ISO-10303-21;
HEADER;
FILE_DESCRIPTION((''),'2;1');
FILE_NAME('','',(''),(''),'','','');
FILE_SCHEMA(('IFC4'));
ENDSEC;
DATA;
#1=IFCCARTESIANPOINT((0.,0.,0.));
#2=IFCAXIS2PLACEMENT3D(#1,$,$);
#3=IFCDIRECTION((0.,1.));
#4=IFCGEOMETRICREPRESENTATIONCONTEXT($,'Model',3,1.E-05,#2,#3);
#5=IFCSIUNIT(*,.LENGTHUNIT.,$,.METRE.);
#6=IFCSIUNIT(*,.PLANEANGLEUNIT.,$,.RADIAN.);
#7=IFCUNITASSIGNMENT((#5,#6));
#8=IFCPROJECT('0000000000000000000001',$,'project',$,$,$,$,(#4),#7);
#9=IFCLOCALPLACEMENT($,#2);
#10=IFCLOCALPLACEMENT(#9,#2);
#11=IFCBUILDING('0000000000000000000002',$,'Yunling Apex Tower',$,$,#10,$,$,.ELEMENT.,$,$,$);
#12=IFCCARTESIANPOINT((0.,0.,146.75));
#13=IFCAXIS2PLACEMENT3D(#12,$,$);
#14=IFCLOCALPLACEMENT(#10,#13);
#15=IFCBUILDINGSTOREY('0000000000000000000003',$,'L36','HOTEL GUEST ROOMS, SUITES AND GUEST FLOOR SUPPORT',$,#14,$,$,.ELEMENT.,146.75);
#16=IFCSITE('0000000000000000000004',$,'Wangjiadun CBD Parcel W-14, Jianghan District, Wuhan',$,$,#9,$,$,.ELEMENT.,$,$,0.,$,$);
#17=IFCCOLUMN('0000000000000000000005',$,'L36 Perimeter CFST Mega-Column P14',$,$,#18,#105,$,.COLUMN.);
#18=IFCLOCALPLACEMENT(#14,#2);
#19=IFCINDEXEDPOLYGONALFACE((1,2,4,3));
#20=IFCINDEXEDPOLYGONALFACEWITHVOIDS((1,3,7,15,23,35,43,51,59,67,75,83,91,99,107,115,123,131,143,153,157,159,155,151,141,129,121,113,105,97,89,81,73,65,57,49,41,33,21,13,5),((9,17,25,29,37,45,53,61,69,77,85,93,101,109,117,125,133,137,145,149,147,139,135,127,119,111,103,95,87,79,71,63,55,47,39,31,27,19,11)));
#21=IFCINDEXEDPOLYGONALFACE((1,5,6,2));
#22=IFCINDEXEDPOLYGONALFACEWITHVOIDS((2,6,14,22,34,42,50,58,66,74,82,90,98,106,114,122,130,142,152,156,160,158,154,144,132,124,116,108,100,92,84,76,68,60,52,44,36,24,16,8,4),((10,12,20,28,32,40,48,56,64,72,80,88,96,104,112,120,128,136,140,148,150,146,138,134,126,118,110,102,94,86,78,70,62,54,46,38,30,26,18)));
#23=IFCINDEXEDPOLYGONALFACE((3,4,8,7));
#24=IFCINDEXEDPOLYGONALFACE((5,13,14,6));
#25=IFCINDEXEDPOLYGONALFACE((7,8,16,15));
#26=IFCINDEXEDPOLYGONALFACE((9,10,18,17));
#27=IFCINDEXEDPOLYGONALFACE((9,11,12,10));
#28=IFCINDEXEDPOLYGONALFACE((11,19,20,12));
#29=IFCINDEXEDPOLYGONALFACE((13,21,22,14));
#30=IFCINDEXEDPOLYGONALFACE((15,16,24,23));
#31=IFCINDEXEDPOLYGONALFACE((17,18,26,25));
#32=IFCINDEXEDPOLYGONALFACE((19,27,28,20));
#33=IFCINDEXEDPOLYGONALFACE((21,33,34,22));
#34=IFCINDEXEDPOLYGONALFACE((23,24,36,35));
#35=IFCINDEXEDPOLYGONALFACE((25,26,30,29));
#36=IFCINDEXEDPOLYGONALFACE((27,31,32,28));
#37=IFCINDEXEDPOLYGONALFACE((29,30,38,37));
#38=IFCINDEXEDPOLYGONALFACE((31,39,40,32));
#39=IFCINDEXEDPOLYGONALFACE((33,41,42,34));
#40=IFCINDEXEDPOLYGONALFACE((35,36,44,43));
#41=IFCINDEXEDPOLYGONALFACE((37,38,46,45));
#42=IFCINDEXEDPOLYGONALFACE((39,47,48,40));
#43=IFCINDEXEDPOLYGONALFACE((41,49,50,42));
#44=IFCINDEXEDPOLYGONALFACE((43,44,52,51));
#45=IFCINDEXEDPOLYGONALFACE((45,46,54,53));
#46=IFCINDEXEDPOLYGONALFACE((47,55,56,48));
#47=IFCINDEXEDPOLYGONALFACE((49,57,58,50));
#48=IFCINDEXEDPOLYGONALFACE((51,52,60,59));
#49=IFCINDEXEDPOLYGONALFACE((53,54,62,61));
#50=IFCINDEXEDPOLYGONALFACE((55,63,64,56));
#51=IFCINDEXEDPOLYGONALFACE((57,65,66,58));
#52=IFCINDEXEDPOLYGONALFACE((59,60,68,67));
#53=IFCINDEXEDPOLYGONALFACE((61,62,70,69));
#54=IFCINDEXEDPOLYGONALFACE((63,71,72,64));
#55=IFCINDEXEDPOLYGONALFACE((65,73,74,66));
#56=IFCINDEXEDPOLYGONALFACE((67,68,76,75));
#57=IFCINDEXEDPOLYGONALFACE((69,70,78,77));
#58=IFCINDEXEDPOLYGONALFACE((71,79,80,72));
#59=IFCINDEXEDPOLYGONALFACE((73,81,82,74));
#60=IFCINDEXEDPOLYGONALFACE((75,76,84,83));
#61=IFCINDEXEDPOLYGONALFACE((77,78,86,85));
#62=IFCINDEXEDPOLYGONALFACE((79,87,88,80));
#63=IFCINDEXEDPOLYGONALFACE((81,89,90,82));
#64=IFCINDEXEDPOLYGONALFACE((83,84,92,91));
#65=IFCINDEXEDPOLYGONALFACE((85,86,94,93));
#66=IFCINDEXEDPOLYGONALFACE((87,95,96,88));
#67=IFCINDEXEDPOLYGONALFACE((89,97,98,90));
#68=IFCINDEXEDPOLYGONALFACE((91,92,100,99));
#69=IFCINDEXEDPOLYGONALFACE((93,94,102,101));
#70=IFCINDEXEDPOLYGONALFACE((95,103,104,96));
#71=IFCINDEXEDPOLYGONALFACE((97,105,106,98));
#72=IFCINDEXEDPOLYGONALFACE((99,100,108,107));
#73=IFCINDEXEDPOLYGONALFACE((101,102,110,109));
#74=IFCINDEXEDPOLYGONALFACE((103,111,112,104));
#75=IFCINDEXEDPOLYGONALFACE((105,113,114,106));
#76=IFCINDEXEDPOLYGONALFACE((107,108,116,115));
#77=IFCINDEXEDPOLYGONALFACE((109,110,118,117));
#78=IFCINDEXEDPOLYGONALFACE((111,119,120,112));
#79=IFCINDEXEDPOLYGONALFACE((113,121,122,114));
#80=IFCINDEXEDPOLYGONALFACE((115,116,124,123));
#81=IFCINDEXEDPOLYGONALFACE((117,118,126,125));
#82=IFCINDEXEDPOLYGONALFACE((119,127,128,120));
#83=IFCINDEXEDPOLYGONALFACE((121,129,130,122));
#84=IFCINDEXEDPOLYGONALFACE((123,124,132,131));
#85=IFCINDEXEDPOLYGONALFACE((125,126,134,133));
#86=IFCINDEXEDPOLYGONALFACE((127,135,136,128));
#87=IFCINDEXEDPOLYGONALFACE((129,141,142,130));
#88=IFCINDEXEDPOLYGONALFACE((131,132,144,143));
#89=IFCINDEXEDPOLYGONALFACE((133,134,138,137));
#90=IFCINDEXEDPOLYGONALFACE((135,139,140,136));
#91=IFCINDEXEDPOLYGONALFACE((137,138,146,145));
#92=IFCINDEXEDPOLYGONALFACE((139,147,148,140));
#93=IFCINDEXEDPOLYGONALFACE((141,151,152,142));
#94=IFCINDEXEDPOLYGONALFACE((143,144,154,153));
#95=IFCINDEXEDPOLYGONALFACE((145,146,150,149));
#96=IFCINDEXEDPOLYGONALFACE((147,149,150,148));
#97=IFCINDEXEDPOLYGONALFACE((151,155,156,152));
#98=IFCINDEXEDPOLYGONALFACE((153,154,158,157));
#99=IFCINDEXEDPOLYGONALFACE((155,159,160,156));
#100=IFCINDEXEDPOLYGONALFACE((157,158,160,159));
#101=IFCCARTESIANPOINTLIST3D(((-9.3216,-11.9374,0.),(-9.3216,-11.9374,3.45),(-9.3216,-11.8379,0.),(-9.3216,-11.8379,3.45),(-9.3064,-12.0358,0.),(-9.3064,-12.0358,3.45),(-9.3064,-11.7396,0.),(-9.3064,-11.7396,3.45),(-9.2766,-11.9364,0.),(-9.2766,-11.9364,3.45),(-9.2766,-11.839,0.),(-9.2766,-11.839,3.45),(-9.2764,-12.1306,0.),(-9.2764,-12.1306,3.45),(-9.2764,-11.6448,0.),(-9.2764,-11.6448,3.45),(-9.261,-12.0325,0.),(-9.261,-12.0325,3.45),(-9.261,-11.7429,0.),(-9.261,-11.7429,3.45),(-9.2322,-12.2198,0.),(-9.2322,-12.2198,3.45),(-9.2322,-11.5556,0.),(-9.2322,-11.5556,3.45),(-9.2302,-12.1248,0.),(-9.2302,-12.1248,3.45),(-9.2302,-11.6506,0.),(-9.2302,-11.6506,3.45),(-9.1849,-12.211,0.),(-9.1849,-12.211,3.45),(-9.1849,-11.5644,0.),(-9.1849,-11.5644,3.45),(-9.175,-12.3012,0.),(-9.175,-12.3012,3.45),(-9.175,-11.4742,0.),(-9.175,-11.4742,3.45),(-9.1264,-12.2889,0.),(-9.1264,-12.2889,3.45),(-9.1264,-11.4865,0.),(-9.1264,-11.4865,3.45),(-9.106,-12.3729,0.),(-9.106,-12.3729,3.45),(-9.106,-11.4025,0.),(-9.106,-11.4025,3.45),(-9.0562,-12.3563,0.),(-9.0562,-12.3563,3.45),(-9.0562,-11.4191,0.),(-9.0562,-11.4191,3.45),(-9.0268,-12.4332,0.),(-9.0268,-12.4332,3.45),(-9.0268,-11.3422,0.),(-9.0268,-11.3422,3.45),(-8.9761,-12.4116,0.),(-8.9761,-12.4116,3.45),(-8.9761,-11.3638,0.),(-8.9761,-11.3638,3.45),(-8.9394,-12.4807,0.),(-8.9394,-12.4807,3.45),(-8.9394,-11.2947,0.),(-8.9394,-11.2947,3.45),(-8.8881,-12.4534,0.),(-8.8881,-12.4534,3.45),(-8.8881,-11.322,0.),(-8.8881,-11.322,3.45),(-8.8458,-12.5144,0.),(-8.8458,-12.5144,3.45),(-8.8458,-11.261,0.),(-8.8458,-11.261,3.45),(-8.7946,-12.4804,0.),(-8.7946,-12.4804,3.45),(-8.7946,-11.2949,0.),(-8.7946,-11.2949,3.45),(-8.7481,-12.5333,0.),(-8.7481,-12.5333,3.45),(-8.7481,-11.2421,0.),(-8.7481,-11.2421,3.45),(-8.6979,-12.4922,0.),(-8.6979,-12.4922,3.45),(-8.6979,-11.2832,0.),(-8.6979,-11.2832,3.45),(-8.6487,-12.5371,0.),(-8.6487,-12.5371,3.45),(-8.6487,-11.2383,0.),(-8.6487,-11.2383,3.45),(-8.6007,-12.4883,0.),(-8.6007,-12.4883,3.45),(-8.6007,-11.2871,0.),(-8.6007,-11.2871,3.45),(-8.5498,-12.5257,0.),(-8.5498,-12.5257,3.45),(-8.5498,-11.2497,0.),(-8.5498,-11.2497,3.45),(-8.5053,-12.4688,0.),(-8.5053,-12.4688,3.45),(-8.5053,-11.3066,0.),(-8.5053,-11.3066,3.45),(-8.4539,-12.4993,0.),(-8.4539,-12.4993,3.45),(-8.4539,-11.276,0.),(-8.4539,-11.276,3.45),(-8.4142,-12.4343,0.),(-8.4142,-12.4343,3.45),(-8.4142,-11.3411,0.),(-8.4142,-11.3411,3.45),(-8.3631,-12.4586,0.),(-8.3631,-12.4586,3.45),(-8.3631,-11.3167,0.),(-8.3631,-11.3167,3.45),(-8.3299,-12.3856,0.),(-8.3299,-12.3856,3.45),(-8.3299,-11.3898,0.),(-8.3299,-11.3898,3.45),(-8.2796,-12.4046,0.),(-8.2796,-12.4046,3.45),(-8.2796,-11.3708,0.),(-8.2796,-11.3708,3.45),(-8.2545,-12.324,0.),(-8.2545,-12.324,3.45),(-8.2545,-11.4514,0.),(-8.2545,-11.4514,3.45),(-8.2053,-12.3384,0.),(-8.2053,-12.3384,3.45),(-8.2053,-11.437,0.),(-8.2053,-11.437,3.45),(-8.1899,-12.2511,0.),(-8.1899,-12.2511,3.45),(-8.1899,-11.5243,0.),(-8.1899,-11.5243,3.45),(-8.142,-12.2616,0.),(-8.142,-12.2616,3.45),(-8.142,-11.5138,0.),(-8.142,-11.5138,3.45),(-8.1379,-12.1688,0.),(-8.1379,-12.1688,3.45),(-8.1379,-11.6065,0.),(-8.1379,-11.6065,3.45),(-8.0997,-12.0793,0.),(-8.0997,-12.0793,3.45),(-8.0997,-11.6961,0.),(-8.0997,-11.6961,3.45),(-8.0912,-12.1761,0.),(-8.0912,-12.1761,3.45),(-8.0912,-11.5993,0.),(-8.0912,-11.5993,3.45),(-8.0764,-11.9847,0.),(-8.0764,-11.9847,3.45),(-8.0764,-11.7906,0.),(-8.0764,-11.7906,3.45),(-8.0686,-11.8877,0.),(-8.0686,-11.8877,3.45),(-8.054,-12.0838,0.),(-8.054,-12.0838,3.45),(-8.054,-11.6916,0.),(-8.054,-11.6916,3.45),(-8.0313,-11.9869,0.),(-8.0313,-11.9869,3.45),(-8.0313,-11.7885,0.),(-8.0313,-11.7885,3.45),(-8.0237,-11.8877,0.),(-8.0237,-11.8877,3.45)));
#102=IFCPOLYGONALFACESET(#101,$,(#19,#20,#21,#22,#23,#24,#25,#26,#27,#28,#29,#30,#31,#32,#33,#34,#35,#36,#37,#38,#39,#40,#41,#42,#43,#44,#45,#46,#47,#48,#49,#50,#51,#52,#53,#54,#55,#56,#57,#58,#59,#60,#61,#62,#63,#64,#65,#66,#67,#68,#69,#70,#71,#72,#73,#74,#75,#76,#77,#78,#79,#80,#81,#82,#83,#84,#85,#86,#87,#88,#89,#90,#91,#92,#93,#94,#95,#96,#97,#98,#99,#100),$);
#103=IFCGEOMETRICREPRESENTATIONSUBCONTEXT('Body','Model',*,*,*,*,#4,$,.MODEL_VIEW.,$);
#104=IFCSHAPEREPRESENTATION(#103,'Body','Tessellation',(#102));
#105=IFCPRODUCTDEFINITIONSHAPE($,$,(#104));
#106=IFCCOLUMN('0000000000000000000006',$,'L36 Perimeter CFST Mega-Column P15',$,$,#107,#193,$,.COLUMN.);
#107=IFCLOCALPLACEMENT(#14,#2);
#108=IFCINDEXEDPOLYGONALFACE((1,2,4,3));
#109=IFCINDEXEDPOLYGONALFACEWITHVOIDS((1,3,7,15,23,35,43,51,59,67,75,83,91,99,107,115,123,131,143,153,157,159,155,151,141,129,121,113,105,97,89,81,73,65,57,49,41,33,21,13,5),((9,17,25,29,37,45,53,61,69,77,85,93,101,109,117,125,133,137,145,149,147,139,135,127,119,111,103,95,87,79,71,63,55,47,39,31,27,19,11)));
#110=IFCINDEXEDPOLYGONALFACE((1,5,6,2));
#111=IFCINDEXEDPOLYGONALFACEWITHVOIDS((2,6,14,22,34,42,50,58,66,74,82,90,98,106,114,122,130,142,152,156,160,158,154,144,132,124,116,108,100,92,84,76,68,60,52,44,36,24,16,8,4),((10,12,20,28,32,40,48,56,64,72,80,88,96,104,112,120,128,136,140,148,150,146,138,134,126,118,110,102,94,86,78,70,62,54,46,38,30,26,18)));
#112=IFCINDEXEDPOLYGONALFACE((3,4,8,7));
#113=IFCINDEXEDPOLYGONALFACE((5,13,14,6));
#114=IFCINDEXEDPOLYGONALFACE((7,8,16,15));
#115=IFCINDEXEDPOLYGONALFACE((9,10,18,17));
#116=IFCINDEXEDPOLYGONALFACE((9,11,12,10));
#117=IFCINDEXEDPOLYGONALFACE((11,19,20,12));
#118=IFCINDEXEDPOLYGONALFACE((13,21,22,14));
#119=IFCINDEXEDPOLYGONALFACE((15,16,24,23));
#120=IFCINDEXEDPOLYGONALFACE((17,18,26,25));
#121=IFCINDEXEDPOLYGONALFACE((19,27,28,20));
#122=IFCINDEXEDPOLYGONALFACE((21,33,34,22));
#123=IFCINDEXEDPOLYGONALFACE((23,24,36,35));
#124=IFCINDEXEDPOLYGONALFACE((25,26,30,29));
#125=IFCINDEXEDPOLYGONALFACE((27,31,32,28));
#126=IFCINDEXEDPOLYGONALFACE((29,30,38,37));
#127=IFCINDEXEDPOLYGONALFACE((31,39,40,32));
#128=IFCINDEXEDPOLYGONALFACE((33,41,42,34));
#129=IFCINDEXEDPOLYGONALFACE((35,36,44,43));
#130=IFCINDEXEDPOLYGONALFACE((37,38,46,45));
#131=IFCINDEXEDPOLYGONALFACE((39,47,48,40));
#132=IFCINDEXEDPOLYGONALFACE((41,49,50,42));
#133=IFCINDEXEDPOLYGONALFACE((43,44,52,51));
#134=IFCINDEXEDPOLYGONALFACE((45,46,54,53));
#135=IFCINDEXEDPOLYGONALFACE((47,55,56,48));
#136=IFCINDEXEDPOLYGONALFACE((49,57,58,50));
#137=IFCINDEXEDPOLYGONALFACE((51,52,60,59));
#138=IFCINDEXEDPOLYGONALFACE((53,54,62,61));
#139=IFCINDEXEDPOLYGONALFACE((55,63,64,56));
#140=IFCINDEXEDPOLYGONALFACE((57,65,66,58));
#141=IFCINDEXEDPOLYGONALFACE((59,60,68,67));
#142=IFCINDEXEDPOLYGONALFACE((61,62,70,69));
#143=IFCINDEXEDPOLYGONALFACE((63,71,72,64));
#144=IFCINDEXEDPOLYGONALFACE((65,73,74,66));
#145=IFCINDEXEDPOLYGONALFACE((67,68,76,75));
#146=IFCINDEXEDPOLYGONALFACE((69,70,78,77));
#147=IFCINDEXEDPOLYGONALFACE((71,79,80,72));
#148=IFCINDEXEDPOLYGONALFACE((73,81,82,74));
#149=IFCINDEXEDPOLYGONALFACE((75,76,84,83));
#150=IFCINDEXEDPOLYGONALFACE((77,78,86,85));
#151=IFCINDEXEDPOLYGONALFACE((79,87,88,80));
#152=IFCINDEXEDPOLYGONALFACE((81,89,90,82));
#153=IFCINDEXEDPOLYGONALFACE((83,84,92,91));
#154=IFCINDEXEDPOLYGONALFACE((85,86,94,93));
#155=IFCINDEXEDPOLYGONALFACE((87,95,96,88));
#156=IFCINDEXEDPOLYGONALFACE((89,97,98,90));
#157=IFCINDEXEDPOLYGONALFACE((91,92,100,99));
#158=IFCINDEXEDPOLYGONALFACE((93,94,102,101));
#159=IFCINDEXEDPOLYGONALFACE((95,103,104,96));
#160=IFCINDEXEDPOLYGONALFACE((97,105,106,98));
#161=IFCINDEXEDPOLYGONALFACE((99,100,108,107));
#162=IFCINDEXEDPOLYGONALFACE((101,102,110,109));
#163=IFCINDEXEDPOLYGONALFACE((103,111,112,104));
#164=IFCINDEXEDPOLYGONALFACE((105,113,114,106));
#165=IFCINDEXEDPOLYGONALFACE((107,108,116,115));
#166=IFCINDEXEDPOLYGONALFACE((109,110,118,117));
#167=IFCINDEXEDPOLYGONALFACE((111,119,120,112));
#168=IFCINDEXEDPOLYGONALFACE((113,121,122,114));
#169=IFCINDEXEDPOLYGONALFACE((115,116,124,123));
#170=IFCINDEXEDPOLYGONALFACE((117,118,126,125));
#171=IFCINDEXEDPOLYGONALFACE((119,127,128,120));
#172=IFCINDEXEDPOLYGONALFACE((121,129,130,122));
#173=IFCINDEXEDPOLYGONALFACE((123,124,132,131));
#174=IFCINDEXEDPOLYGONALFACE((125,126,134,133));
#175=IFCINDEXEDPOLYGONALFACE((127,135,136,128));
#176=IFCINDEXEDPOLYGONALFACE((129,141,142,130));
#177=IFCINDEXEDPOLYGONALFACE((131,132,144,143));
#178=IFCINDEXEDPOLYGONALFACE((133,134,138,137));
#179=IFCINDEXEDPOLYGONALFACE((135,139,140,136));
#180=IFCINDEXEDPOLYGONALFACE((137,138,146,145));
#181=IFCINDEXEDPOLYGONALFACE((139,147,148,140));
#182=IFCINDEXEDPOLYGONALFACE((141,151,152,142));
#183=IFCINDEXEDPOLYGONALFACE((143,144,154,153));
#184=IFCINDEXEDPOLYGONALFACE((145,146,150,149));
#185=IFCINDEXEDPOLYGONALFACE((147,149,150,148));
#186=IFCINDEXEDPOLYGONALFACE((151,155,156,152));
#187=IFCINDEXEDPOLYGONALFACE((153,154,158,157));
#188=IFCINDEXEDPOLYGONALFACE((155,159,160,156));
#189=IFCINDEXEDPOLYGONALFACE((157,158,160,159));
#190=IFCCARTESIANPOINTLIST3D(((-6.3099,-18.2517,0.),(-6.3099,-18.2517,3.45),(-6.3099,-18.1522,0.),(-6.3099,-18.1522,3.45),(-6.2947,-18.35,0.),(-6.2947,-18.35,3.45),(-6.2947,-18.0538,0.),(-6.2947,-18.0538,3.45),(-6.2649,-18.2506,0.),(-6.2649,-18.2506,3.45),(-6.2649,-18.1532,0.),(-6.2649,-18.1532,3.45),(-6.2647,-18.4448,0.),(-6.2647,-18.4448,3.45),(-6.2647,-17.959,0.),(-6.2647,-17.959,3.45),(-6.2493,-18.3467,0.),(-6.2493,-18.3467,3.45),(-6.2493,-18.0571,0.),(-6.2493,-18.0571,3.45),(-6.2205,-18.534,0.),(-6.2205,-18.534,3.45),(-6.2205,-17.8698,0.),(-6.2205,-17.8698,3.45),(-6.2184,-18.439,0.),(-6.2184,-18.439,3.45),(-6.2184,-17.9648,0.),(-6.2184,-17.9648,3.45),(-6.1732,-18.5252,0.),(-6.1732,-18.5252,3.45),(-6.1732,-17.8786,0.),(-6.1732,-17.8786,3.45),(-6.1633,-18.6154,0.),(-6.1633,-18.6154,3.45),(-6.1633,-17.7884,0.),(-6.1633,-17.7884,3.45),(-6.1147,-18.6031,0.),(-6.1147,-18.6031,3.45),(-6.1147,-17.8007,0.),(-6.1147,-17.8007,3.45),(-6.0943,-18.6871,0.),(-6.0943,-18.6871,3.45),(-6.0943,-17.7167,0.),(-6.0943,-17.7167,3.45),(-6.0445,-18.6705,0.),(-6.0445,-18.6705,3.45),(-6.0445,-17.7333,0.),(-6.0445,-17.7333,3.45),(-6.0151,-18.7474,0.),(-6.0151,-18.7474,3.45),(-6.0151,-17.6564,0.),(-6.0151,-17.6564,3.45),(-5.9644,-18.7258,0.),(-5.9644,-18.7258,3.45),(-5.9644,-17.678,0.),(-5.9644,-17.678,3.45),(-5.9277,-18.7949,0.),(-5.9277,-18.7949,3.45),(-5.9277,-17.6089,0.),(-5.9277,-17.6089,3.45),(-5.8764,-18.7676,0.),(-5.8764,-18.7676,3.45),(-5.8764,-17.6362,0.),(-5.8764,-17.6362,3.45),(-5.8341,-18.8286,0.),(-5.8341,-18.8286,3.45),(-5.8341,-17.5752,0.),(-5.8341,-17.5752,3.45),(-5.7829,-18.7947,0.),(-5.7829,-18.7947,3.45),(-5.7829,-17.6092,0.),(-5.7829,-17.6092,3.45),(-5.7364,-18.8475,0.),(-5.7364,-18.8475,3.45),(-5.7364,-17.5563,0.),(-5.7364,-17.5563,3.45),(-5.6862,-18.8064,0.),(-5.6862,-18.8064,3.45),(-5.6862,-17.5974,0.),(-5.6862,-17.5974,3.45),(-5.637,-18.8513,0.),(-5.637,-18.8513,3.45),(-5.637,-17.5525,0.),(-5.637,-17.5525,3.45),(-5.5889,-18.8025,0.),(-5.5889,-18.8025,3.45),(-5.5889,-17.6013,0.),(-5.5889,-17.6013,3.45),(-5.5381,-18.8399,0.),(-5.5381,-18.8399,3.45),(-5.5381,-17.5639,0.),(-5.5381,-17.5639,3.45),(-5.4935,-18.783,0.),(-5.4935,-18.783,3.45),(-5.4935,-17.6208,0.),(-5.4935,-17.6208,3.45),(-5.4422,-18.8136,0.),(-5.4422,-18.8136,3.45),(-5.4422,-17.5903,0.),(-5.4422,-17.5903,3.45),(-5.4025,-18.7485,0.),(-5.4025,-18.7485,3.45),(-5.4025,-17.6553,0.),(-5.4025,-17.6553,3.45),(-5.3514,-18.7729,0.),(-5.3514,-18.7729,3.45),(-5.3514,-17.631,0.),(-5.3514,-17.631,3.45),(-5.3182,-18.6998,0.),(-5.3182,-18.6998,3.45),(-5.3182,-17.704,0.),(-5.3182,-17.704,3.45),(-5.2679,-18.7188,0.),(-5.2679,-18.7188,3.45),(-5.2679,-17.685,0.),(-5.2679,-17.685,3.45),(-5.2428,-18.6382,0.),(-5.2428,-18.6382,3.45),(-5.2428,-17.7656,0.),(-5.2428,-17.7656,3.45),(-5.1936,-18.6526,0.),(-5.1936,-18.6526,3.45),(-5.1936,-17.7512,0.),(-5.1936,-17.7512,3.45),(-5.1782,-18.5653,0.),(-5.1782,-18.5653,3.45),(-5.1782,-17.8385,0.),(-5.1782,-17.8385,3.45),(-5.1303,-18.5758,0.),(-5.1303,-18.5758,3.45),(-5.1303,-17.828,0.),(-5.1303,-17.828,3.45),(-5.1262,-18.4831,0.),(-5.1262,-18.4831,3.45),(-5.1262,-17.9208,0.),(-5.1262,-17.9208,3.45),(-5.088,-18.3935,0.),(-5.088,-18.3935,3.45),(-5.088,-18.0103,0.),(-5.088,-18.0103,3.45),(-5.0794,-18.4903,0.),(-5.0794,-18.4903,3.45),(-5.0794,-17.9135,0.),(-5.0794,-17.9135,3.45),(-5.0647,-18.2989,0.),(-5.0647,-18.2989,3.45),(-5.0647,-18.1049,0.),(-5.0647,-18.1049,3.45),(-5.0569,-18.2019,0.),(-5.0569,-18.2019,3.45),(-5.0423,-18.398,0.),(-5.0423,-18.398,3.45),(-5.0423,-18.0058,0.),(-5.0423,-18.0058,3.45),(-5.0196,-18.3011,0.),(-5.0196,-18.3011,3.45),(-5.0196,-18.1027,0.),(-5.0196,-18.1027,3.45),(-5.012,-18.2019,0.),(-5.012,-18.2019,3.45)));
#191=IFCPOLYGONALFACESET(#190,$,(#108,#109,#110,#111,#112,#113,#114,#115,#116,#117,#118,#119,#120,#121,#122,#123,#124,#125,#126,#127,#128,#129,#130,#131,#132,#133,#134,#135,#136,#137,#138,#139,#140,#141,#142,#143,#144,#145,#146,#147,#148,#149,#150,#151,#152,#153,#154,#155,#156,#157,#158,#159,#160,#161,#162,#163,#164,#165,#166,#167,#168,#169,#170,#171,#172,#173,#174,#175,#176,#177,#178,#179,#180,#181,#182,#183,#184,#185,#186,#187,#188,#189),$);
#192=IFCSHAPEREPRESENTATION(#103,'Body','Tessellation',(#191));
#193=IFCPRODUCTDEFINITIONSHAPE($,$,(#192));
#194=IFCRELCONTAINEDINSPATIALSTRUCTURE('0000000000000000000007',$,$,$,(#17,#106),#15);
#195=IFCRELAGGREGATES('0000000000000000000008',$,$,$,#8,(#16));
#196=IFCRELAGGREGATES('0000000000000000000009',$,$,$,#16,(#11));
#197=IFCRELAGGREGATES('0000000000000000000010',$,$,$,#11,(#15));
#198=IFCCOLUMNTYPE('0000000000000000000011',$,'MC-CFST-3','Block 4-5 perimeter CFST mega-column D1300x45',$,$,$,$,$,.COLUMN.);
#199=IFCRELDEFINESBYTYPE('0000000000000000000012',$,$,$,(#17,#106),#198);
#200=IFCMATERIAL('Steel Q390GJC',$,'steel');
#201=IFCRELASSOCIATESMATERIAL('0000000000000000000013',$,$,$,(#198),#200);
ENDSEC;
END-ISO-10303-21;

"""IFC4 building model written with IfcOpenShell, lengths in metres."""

from ifc_helpers import new_model, si_unit, direction, frame, origin, origin_2d, place, context, subcontext, project, spatial, hollow_circle, extrude, source, transform, mapped, material, material_profile, profile_set, type_object, element, save


model = new_model("IFC4")

# Units and contexts
model_context = context("Model", 3, precision=1e-05, world=origin(), true_north=direction((0.0, 1.0)))
body_context = subcontext(model_context, "Body", "Model", "MODEL_VIEW")
ifc_project = project(units=[si_unit("LENGTHUNIT", "METRE"), si_unit("PLANEANGLEUNIT", "RADIAN")], contexts=[model_context])

# Site, building, storey
site_placement = place(None, origin())
site = spatial("IfcSite", under=ifc_project, at=site_placement, Name="Wangjiadun CBD Parcel W-14, Jianghan District, Wuhan", CompositionType="ELEMENT", RefElevation=0.0)
building_placement = place(site_placement, origin())
building = spatial("IfcBuilding", under=site, at=building_placement, Name="Yunling Apex Tower", CompositionType="ELEMENT")
storey_placement = place(building_placement, frame((0.0, 0.0, 146.75)))
storey = spatial("IfcBuildingStorey", under=building, at=storey_placement, Name="L36", Description="HOTEL GUEST ROOMS, SUITES AND GUEST FLOOR SUPPORT", CompositionType="ELEMENT", Elevation=146.75)

# Columns
ifc_material_1 = material(Name="Steel Q390GJC", Category="steel")
ifc_material_profile_1 = material_profile(ifc_material_1, hollow_circle(Radius=0.6499, WallThickness=0.0449, at=origin_2d()))
ifc_profile_set_1 = profile_set([ifc_material_profile_1], Name="Steel Q390GJC")
column_type = type_object("IfcColumnType", Name="MC-CFST-3", Description="Block 4-5 perimeter CFST mega-column D1300x45", PredefinedType="COLUMN", material=ifc_profile_set_1)
shared_shape_1 = source(origin(), body_context, "Body", "SweptSolid", [
    extrude(hollow_circle(Radius=0.6499, WallThickness=0.0449, at=origin_2d()), origin(), (0.0, 0.0, 1.0), 3.45),
])
for number, where, z_axis, x_axis, name in (
    (1, (-8.6736, -11.8877, 0.0), (0.0, 0.0, 1.0), (1.0, 0.0, 0.0), "L36 Perimeter CFST Mega-Column P14"),
    (2, (-5.6619, -18.2019, 0.0), (0.0, 0.0, 1.0), (1.0, 0.0, 0.0), "L36 Perimeter CFST Mega-Column P15"),
):
    element("IfcColumn", number, at=place(storey_placement, frame(where, z_axis=z_axis, x_axis=x_axis)), inside=storey, type_object=column_type, Name=name, PredefinedType="COLUMN", context=body_context, shape_type="MappedRepresentation", body=[
        mapped(shared_shape_1, transform((0.0, 0.0, 0.0), scale=1.0)),
    ])

save(model, "model.ifc")
